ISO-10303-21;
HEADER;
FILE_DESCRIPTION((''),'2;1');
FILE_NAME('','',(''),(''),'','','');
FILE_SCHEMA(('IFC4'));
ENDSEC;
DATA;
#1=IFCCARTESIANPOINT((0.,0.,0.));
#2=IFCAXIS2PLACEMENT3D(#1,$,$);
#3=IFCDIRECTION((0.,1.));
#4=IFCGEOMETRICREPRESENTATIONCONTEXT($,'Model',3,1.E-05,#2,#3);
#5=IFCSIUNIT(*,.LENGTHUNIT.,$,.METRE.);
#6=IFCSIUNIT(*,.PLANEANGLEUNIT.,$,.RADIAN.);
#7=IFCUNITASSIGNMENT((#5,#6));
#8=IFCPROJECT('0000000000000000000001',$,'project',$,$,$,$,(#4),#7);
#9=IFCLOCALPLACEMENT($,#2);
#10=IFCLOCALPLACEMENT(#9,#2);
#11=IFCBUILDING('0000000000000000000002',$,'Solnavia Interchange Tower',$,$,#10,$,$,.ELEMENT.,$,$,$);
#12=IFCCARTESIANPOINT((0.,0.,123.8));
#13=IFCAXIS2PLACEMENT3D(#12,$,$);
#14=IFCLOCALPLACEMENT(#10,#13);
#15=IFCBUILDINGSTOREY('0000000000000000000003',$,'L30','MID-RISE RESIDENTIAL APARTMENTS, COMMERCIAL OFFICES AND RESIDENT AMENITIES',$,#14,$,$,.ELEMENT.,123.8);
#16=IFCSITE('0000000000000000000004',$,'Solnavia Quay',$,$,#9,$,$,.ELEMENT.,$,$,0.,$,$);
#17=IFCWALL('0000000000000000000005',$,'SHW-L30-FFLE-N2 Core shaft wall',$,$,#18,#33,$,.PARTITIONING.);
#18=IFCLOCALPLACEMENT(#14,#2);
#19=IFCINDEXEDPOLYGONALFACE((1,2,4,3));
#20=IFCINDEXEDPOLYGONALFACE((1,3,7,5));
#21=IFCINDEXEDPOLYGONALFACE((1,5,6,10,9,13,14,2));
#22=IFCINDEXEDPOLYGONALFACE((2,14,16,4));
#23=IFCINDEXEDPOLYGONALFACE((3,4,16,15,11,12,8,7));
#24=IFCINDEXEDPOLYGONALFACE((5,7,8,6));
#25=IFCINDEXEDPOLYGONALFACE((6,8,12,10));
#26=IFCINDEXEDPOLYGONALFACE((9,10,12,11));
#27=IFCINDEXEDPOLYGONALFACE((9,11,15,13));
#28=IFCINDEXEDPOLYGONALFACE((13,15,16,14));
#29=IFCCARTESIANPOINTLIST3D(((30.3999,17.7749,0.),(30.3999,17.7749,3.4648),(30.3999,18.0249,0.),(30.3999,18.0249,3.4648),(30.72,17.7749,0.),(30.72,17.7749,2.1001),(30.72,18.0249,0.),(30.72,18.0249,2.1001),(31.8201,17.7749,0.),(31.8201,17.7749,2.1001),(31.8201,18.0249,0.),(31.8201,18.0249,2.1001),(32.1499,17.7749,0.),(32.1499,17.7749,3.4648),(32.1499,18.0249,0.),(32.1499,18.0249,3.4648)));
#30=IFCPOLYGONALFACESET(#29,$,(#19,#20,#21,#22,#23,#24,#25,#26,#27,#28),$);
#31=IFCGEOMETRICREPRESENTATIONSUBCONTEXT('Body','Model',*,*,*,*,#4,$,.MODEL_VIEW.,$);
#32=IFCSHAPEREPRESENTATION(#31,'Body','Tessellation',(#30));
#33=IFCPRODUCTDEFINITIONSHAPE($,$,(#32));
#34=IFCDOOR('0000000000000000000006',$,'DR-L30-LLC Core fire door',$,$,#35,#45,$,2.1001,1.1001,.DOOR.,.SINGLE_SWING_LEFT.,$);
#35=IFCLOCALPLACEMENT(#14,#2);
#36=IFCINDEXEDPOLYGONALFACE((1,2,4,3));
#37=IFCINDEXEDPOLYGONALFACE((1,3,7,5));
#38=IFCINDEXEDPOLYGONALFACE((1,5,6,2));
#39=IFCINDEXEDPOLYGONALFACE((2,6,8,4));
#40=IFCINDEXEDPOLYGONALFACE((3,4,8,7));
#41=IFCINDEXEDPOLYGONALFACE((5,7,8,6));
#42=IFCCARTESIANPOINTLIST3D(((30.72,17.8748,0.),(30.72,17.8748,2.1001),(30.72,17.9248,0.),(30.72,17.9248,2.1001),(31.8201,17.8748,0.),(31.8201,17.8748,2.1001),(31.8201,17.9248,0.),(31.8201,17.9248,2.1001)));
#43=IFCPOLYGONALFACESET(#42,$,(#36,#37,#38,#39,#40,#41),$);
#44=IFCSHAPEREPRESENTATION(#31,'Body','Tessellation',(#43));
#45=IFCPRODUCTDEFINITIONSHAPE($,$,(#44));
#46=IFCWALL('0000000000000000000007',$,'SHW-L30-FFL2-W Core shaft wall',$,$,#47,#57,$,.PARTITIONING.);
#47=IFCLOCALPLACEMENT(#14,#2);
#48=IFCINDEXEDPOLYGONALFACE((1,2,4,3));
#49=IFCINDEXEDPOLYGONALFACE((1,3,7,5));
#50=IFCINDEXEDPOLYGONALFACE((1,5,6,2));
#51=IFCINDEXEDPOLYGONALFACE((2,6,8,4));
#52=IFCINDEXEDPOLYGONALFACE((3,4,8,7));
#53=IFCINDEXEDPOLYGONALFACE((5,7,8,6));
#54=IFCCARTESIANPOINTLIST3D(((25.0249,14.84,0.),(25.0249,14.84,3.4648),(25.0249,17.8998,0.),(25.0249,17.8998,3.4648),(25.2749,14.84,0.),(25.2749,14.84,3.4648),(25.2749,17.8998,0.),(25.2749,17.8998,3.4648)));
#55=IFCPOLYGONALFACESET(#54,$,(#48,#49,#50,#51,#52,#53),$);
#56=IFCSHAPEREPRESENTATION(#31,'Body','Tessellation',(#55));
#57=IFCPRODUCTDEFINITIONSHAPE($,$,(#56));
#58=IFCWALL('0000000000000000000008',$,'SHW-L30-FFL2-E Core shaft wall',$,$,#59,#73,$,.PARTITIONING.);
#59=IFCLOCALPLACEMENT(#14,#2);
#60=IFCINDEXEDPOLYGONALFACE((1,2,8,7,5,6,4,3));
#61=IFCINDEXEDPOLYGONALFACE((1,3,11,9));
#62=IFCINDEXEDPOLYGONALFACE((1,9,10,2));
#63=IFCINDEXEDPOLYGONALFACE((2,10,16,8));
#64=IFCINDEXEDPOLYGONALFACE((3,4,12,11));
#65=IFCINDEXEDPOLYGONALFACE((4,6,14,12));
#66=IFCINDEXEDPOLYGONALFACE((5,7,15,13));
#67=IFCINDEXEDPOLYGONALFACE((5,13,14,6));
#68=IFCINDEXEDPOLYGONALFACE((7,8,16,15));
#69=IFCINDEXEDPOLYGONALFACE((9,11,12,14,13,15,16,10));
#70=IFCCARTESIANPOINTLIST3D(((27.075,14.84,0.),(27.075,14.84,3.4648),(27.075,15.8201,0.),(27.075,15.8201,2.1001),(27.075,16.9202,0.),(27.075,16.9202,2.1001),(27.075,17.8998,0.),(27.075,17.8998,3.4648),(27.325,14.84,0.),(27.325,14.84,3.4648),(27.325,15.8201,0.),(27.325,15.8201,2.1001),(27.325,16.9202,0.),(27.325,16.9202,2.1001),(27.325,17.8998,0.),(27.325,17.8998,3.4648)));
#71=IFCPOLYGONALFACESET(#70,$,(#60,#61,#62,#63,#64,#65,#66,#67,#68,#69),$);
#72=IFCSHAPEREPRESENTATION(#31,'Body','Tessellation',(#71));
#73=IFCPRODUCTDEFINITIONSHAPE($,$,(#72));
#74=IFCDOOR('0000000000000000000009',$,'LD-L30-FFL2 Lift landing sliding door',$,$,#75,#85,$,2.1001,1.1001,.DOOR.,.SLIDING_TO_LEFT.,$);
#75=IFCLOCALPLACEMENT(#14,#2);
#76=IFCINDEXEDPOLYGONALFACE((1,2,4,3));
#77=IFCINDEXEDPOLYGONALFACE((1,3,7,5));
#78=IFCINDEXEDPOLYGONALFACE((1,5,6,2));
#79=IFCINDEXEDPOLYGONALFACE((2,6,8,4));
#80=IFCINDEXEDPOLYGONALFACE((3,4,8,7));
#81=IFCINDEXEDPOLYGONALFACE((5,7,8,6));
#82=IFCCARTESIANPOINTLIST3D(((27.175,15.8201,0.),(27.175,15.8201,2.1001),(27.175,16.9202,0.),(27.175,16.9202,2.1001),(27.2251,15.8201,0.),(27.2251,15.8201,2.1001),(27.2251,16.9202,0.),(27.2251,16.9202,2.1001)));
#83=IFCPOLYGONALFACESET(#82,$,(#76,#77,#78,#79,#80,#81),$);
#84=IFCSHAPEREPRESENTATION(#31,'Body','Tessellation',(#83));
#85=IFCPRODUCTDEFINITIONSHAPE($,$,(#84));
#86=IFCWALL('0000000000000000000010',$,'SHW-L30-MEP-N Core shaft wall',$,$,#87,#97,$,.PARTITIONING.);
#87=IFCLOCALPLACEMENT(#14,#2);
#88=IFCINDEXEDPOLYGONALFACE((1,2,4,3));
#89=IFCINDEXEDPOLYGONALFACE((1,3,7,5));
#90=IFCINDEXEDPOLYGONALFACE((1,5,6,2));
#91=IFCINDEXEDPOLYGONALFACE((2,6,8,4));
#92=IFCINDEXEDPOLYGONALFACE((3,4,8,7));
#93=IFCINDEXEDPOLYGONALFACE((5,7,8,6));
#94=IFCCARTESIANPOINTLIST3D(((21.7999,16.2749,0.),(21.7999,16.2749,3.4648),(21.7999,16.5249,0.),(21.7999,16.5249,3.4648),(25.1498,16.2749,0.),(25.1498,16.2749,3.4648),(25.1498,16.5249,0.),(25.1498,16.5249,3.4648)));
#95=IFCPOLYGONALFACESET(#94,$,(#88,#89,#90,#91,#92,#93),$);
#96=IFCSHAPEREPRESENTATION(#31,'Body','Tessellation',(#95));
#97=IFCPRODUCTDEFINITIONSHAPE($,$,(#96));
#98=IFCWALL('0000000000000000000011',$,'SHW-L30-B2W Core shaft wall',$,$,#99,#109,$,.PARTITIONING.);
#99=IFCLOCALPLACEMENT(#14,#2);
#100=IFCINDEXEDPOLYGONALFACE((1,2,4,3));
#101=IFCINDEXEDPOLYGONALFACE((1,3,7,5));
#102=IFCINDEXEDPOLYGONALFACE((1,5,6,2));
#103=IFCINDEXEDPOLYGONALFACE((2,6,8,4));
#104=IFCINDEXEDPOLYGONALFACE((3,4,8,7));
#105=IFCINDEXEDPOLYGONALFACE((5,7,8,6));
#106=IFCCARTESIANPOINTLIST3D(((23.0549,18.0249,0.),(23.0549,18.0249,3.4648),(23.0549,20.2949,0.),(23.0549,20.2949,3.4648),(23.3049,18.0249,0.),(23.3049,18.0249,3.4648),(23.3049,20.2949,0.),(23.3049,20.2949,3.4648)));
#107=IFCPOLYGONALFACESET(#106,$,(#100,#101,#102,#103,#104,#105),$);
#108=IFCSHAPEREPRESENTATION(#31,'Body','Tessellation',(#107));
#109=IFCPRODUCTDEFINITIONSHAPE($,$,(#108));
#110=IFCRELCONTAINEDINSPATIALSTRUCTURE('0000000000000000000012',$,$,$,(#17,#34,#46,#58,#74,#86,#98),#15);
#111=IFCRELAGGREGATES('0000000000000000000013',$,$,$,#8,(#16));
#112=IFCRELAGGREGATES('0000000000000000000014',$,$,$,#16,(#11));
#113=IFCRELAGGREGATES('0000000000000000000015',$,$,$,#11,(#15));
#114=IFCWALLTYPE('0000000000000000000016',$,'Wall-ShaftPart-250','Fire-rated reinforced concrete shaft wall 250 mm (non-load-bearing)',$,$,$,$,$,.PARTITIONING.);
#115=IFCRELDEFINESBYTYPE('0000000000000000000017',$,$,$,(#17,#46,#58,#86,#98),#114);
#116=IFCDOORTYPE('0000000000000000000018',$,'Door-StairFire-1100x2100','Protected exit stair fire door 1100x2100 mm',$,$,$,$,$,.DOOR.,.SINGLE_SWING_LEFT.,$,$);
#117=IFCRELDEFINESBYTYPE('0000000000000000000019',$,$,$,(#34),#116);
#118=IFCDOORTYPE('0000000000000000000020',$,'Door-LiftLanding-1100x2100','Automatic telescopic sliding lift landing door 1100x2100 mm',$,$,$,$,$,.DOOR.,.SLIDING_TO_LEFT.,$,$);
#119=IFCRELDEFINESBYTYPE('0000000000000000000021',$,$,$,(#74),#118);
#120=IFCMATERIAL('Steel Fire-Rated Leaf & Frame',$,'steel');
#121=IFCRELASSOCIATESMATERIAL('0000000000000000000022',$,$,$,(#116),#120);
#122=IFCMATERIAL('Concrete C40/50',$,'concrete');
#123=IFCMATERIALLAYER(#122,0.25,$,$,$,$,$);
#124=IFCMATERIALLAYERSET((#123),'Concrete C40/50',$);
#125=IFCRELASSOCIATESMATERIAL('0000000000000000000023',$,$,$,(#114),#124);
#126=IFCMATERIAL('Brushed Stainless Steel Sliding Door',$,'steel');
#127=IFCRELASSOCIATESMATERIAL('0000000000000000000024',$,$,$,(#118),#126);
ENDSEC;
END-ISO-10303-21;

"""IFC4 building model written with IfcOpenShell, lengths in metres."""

from ifc_helpers import new_model, si_unit, direction, frame, frame_2d, origin, place, context, subcontext, project, spatial, rectangle, extrude, material, layer, layer_set, type_object, element, fill, save


model = new_model("IFC4")

# Units and contexts
model_context = context("Model", 3, precision=1e-05, world=origin(), true_north=direction((0.0, 1.0)))
body_context = subcontext(model_context, "Body", "Model", "MODEL_VIEW")
ifc_project = project(units=[si_unit("LENGTHUNIT", "METRE"), si_unit("PLANEANGLEUNIT", "RADIAN")], contexts=[model_context])

# Site, building, storey
site_placement = place(None, origin())
site = spatial("IfcSite", under=ifc_project, at=site_placement, Name="Solnavia Quay", CompositionType="ELEMENT", RefElevation=0.0)
building_placement = place(site_placement, origin())
building = spatial("IfcBuilding", under=site, at=building_placement, Name="Solnavia Interchange Tower", CompositionType="ELEMENT")
storey_placement = place(building_placement, frame((0.0, 0.0, 123.8)))
storey = spatial("IfcBuildingStorey", under=building, at=storey_placement, Name="L30", Description="MID-RISE RESIDENTIAL APARTMENTS, COMMERCIAL OFFICES AND RESIDENT AMENITIES", CompositionType="ELEMENT", Elevation=123.8)

# Shared definitions
ifc_material_1 = material(Name="Concrete C40/50", Category="concrete")
ifc_material_2 = material(Name="Steel Fire-Rated Leaf & Frame", Category="steel")
door_type_1 = type_object("IfcDoorType", Name="Door-StairFire-1100x2100", Description="Protected exit stair fire door 1100x2100 mm", OperationType="SINGLE_SWING_LEFT", PredefinedType="DOOR", material=ifc_material_2)

# Shared definitions
ifc_layer_1 = layer(ifc_material_1, 0.25)
ifc_layer_set_1 = layer_set([ifc_layer_1], Name="Concrete C40/50")
wall_type_1 = type_object("IfcWallType", Name="Wall-ShaftPart-250", Description="Fire-rated reinforced concrete shaft wall 250 mm (non-load-bearing)", PredefinedType="PARTITIONING", material=ifc_layer_set_1)

# Wall, opening, door
wall_1_placement = place(storey_placement, frame((30.3999, 17.8999, 0.0), z_axis=(0.0, 0.0, 1.0), x_axis=(1.0, 0.0, 0.0)))
wall_1 = element("IfcWall", 1, at=wall_1_placement, inside=storey, type_object=wall_type_1, Name="SHW-L30-FFLE-N2 Core shaft wall", PredefinedType="PARTITIONING", context=body_context, shape_type="SweptSolid", body=[
    extrude(rectangle(XDim=1.75, YDim=0.25, at=frame_2d((0.875, 0.0))), origin(), (0.0, 0.0, 1.0), 3.4648),
])
opening_1_placement = place(wall_1_placement, frame((0.3201, 0.0, 0.0)))
opening_1 = element("IfcOpeningElement", 2, at=opening_1_placement, cuts=wall_1, PredefinedType="OPENING", context=body_context, shape_type="SweptSolid", body=[
    extrude(rectangle(XDim=1.1001, YDim=2.1001, at=frame_2d((0.55, 1.05))), frame((0.0, 0.135, 0.0), z_axis=(0.0, -1.0, 0.0), x_axis=(1.0, 0.0, 0.0)), (0.0, 0.0, 1.0), 0.27),
])
door_1_placement = place(opening_1_placement, origin())
door_1 = element("IfcDoor", 3, at=door_1_placement, inside=storey, type_object=door_type_1, Name="DR-L30-LLC Core fire door", OperationType="SINGLE_SWING_LEFT", OverallHeight=2.1001, OverallWidth=1.1001, PredefinedType="DOOR", context=body_context, shape_type="SweptSolid", body=[
    extrude(rectangle(XDim=1.1001, YDim=2.1001, at=frame_2d((0.55, 1.05))), frame((0.0, 0.0249, 0.0), z_axis=(0.0, -1.0, 0.0), x_axis=(1.0, 0.0, 0.0)), (0.0, 0.0, 1.0), 0.05),
])
fill(opening_1, door_1)

# Wall
wall_2_placement = place(storey_placement, frame((25.1499, 14.8401, 0.0), z_axis=(0.0, 0.0, 1.0), x_axis=(0.0, 1.0, 0.0)))
element("IfcWall", 4, at=wall_2_placement, inside=storey, type_object=wall_type_1, Name="SHW-L30-FFL2-W Core shaft wall", PredefinedType="PARTITIONING", context=body_context, shape_type="SweptSolid", body=[
    extrude(rectangle(XDim=3.0598, YDim=0.25, at=frame_2d((1.5298, 0.0))), origin(), (0.0, 0.0, 1.0), 3.4648),
])

# Wall, opening, door
wall_3_placement = place(storey_placement, frame((27.2, 14.8401, 0.0), z_axis=(0.0, 0.0, 1.0), x_axis=(0.0, 1.0, 0.0)))
wall_3 = element("IfcWall", 5, at=wall_3_placement, inside=storey, type_object=wall_type_1, Name="SHW-L30-FFL2-E Core shaft wall", PredefinedType="PARTITIONING", context=body_context, shape_type="SweptSolid", body=[
    extrude(rectangle(XDim=3.0598, YDim=0.25, at=frame_2d((1.5298, 0.0))), origin(), (0.0, 0.0, 1.0), 3.4648),
])
opening_2_placement = place(wall_3_placement, frame((0.98, 0.0, 0.0)))
opening_2 = element("IfcOpeningElement", 6, at=opening_2_placement, cuts=wall_3, PredefinedType="OPENING", context=body_context, shape_type="SweptSolid", body=[
    extrude(rectangle(XDim=1.1001, YDim=2.1001, at=frame_2d((0.55, 1.05))), frame((0.0, 0.135, 0.0), z_axis=(0.0, -1.0, 0.0), x_axis=(1.0, 0.0, 0.0)), (0.0, 0.0, 1.0), 0.27),
])
ifc_material_3 = material(Name="Brushed Stainless Steel Sliding Door", Category="steel")
door_type_2 = type_object("IfcDoorType", Name="Door-LiftLanding-1100x2100", Description="Automatic telescopic sliding lift landing door 1100x2100 mm", OperationType="SLIDING_TO_LEFT", PredefinedType="DOOR", material=ifc_material_3)
door_2_placement = place(opening_2_placement, origin())
door_2 = element("IfcDoor", 7, at=door_2_placement, inside=storey, type_object=door_type_2, Name="LD-L30-FFL2 Lift landing sliding door", OperationType="SLIDING_TO_LEFT", OverallHeight=2.1001, OverallWidth=1.1001, PredefinedType="DOOR", context=body_context, shape_type="SweptSolid", body=[
    extrude(rectangle(XDim=1.1001, YDim=2.1001, at=frame_2d((0.55, 1.05))), frame((0.0, 0.0249, 0.0), z_axis=(0.0, -1.0, 0.0), x_axis=(1.0, 0.0, 0.0)), (0.0, 0.0, 1.0), 0.05),
])
fill(opening_2, door_2)

# Walls
wall_4_placement = place(storey_placement, frame((21.8, 16.3999, 0.0), z_axis=(0.0, 0.0, 1.0), x_axis=(1.0, 0.0, 0.0)))
element("IfcWall", 8, at=wall_4_placement, inside=storey, type_object=wall_type_1, Name="SHW-L30-MEP-N Core shaft wall", PredefinedType="PARTITIONING", context=body_context, shape_type="SweptSolid", body=[
    extrude(rectangle(XDim=3.3499, YDim=0.25, at=frame_2d((1.6748, 0.0))), origin(), (0.0, 0.0, 1.0), 3.4648),
])
wall_5_placement = place(storey_placement, frame((23.1799, 18.0249, 0.0), z_axis=(0.0, 0.0, 1.0), x_axis=(0.0, 1.0, 0.0)))
element("IfcWall", 9, at=wall_5_placement, inside=storey, type_object=wall_type_1, Name="SHW-L30-B2W Core shaft wall", PredefinedType="PARTITIONING", context=body_context, shape_type="SweptSolid", body=[
    extrude(rectangle(XDim=2.27, YDim=0.25, at=frame_2d((1.135, 0.0))), origin(), (0.0, 0.0, 1.0), 3.4648),
])

save(model, "model.ifc")
